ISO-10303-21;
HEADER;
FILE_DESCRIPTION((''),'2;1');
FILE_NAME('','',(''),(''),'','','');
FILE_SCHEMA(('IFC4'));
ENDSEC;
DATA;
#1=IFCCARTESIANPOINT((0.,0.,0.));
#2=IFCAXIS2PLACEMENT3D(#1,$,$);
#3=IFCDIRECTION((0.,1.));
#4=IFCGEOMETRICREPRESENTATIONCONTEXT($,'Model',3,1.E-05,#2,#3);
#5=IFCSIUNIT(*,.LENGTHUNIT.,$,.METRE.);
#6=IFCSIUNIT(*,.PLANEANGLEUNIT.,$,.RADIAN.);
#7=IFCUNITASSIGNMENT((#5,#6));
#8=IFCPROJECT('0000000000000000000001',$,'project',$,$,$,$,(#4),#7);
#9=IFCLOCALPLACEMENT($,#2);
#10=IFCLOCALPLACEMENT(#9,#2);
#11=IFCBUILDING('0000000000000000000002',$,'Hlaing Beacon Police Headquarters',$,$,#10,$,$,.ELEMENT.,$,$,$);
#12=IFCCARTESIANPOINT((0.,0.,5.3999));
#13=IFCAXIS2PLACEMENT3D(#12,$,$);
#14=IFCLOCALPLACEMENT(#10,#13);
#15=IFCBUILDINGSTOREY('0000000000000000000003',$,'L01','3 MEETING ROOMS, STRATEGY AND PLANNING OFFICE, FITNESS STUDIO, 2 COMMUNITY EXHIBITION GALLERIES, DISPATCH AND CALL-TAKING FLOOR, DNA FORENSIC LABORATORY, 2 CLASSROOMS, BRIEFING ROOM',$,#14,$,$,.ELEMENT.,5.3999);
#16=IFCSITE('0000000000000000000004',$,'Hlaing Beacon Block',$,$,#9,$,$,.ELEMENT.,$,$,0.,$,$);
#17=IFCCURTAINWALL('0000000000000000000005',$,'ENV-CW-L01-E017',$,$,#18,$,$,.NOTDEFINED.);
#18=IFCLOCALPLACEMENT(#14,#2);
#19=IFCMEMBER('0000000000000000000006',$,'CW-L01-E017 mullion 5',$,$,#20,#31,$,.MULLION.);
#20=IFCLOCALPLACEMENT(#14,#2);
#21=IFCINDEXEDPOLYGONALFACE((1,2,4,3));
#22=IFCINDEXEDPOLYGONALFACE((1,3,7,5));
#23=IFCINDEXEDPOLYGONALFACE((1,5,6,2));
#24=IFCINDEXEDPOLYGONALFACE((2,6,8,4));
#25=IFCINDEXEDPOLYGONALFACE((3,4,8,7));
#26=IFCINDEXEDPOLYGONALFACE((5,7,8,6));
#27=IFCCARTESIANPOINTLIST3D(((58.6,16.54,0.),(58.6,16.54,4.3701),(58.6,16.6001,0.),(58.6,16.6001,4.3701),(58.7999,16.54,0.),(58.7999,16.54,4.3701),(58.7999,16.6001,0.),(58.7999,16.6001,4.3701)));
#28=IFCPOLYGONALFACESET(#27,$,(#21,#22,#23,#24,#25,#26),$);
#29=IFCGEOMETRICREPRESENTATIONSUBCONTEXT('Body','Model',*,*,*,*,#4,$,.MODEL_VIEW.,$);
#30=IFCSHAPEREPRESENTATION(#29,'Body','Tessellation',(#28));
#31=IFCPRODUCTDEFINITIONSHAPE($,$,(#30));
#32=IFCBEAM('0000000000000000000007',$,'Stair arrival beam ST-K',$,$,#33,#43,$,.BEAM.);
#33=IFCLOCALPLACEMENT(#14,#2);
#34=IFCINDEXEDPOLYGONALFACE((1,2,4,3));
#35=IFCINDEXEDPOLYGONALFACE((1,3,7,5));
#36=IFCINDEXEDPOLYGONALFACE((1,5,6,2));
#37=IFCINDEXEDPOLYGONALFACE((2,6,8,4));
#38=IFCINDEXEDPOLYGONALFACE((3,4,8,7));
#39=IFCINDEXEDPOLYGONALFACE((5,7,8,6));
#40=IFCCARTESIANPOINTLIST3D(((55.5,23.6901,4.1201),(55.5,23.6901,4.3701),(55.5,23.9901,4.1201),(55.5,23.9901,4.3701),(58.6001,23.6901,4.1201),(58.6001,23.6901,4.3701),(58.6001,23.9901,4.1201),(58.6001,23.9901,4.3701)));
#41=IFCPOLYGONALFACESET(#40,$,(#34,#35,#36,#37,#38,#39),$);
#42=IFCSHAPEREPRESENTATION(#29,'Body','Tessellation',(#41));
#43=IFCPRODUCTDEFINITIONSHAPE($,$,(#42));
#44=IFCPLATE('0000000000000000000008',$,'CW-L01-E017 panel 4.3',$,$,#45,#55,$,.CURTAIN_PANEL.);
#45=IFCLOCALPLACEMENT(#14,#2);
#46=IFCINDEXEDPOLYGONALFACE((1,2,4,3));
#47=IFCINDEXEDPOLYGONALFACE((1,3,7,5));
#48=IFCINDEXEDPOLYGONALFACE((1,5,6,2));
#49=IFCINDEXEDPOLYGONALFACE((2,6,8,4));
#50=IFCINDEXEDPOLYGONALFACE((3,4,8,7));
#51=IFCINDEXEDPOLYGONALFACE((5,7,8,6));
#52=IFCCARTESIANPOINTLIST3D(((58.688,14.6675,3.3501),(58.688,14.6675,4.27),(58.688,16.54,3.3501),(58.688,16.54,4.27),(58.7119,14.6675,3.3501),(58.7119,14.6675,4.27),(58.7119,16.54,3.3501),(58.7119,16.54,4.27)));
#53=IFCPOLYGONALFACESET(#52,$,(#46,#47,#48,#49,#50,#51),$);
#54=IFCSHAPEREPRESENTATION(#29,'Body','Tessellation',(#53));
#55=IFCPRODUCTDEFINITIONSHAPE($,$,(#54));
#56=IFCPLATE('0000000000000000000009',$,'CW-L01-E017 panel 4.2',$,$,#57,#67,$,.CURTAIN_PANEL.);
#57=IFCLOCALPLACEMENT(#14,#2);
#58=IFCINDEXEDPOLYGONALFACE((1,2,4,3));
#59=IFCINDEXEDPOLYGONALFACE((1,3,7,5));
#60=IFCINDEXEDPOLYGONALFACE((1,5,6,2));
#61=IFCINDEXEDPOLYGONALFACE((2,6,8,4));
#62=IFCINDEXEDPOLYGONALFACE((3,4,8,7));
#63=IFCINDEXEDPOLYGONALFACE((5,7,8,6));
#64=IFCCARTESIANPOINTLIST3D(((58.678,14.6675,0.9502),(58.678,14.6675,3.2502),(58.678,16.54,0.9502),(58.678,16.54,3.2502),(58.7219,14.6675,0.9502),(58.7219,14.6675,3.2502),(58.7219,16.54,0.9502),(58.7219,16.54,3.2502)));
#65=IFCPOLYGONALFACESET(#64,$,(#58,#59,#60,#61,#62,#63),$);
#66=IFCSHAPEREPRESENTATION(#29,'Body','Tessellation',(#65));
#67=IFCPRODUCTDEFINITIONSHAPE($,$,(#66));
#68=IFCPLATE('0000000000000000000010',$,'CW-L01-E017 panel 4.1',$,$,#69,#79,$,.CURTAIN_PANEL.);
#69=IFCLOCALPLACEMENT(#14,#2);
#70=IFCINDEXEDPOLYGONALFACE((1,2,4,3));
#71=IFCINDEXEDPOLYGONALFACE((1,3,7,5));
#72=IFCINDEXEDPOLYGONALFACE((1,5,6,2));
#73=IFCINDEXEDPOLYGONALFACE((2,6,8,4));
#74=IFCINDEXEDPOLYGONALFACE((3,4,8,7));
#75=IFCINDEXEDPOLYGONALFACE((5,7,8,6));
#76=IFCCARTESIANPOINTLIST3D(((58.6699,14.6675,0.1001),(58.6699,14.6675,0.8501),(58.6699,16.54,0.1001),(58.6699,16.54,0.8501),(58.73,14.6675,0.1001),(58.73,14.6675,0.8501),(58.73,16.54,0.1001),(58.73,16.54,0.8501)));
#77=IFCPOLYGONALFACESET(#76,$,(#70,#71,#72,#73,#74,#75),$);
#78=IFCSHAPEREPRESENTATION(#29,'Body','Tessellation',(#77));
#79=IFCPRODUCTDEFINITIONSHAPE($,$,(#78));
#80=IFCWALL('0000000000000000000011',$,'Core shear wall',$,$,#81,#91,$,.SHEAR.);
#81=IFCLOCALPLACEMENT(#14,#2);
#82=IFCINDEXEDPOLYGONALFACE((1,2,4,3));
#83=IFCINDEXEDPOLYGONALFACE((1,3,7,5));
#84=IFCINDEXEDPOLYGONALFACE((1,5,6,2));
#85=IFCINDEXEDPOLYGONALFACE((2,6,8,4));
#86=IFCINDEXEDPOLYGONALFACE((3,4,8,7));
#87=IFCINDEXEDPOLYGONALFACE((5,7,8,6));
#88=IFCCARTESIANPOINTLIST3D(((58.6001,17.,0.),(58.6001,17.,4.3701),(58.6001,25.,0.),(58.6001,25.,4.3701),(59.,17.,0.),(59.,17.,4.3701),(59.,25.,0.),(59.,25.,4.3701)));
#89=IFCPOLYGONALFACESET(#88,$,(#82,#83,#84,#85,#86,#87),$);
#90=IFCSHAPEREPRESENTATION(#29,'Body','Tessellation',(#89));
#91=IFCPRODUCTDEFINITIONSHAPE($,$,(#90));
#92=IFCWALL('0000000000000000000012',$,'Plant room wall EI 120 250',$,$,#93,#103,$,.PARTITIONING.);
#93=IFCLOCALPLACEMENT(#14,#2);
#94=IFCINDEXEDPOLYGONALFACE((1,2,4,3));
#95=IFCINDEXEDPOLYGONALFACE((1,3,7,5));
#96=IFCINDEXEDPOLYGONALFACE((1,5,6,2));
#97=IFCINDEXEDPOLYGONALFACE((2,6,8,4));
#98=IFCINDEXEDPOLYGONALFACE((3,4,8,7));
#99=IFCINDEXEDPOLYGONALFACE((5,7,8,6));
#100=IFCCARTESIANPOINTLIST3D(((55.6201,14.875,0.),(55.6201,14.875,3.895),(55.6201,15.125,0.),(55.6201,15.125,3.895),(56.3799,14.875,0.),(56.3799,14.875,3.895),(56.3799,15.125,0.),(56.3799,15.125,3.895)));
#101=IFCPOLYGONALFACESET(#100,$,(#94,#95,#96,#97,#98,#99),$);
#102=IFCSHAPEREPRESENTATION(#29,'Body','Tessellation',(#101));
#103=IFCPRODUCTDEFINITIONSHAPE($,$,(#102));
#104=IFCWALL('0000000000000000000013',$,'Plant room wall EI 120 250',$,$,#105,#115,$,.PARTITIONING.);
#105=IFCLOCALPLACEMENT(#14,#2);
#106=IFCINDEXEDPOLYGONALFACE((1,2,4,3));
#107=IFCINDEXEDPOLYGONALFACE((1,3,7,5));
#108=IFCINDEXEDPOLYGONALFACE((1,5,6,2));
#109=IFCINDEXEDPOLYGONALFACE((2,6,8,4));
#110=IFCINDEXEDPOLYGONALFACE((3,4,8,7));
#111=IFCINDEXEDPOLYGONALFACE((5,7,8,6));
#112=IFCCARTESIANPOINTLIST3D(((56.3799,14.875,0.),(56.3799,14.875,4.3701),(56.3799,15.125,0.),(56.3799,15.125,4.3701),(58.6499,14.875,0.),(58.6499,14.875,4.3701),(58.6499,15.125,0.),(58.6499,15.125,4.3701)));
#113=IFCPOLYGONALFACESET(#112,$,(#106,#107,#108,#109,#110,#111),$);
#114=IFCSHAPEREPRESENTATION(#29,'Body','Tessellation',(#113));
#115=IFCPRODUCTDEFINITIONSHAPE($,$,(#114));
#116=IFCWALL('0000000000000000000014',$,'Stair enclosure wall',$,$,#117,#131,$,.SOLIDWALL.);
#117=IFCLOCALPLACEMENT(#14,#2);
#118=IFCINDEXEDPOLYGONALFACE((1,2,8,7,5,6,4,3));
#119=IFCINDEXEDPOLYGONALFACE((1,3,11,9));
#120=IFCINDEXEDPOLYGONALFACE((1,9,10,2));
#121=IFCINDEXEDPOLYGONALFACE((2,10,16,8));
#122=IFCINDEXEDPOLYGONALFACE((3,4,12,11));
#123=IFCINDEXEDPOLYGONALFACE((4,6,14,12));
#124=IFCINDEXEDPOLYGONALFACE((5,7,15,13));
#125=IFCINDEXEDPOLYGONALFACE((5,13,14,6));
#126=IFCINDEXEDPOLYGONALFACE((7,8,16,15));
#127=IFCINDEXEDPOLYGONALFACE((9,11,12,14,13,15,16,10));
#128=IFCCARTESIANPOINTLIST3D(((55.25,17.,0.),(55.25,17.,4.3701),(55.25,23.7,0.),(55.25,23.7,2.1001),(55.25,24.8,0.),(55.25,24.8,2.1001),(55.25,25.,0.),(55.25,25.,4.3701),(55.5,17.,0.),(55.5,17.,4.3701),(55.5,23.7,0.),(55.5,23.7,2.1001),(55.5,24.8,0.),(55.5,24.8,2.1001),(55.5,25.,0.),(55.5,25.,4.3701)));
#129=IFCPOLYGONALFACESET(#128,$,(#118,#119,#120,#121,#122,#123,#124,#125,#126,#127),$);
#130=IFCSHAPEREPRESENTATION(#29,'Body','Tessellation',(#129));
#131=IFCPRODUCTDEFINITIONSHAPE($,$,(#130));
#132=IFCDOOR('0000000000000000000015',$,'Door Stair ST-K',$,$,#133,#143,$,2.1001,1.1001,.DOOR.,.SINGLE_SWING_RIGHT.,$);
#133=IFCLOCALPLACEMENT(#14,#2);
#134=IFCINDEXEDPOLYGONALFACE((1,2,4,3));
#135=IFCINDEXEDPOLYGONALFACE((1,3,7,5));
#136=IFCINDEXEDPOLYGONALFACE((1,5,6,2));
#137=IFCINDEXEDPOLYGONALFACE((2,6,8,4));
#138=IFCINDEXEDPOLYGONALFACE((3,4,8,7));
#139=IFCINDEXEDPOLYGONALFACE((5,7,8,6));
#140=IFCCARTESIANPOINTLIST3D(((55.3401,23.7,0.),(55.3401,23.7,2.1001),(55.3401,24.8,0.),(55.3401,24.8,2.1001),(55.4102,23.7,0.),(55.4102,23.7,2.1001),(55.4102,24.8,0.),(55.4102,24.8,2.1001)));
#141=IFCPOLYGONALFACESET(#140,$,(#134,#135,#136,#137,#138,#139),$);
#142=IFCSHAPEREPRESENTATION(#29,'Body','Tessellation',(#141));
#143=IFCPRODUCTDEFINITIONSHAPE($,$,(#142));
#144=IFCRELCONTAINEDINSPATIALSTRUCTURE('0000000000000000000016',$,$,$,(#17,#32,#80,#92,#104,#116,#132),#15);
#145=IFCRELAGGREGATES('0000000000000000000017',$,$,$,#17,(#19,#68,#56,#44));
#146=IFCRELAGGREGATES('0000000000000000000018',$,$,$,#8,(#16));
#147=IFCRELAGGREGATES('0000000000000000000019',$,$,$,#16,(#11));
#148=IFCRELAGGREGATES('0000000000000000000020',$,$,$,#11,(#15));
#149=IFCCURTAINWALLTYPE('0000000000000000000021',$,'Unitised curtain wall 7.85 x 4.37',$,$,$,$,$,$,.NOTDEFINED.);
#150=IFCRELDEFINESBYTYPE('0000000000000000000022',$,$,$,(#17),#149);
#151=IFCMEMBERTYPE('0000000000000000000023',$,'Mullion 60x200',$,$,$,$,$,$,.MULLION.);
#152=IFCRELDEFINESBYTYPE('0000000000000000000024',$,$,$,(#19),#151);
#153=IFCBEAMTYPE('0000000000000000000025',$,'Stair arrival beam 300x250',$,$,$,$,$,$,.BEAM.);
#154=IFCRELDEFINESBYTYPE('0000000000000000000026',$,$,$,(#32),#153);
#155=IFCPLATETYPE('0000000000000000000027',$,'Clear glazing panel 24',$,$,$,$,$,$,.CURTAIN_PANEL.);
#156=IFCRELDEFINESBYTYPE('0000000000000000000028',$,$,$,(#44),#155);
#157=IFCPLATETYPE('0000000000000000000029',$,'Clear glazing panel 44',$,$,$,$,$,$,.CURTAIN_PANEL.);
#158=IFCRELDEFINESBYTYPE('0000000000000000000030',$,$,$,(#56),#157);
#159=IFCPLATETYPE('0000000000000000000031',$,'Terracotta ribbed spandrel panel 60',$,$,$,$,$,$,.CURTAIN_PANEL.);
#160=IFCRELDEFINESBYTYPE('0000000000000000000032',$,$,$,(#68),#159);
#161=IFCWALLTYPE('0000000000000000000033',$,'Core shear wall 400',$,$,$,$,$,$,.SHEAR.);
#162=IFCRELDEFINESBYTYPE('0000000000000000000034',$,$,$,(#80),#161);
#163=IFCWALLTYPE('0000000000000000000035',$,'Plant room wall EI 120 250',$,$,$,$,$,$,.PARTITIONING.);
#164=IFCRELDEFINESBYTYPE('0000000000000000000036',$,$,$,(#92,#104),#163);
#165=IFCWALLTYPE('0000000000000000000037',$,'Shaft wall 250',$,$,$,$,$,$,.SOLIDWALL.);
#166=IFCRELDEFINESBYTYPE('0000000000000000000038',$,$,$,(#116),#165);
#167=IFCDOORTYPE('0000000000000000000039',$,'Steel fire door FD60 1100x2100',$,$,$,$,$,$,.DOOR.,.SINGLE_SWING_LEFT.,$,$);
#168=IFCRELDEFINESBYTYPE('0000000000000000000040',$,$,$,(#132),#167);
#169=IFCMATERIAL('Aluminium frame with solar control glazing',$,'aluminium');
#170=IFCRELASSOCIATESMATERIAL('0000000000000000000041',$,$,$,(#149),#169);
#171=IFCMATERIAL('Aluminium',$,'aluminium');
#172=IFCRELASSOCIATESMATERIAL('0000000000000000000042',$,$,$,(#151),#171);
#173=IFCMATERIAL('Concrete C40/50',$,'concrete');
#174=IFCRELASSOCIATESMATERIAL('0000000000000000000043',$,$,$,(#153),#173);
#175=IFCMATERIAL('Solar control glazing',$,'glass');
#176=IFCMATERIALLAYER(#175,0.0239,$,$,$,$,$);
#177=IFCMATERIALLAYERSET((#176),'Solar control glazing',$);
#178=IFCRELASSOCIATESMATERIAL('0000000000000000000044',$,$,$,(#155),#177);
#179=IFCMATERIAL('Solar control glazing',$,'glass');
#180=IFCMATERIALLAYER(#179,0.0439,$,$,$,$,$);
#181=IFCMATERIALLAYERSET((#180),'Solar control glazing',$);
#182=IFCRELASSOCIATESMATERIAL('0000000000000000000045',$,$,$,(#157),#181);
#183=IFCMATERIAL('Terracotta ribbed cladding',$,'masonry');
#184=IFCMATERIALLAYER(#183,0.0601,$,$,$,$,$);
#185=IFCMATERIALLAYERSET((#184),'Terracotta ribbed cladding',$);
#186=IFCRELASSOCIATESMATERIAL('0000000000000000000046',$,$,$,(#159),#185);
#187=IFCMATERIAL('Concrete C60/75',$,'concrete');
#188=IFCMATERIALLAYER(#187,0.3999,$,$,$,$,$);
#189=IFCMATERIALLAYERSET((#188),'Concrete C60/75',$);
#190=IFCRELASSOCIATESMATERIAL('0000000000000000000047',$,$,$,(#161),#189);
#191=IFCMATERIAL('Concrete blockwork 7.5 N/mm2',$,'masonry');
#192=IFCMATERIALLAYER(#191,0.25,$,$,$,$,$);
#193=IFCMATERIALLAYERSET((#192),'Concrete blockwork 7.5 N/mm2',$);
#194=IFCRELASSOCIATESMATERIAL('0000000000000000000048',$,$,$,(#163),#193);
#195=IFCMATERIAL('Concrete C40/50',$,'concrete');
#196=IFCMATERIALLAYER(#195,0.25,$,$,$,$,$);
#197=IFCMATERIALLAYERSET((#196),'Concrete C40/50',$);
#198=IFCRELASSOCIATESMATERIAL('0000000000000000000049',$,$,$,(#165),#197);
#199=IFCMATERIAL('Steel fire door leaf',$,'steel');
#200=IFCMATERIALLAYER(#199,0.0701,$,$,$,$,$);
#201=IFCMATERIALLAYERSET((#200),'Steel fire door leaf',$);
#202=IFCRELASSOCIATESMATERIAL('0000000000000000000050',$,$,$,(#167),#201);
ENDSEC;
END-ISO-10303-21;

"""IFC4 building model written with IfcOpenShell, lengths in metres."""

from ifc_helpers import new_model, si_unit, direction, frame, frame_2d, origin, origin_2d, place, context, subcontext, project, spatial, rectangle, extrude, material, layer, layer_set, material_profile, profile_set, type_object, element, fill, aggregate, save


model = new_model("IFC4")

# Units and contexts
model_context = context("Model", 3, precision=1e-05, world=origin(), true_north=direction((0.0, 1.0)))
body_context = subcontext(model_context, "Body", "Model", "MODEL_VIEW")
ifc_project = project(units=[si_unit("LENGTHUNIT", "METRE"), si_unit("PLANEANGLEUNIT", "RADIAN")], contexts=[model_context])

# Site, building, storey
site_placement = place(None, origin())
site = spatial("IfcSite", under=ifc_project, at=site_placement, Name="Hlaing Beacon Block", CompositionType="ELEMENT", RefElevation=0.0)
building_placement = place(site_placement, origin())
building = spatial("IfcBuilding", under=site, at=building_placement, Name="Hlaing Beacon Police Headquarters", CompositionType="ELEMENT")
storey_placement = place(building_placement, frame((0.0, 0.0, 5.3999)))
storey = spatial("IfcBuildingStorey", under=building, at=storey_placement, Name="L01", Description="3 MEETING ROOMS, STRATEGY AND PLANNING OFFICE, FITNESS STUDIO, 2 COMMUNITY EXHIBITION GALLERIES, DISPATCH AND CALL-TAKING FLOOR, DNA FORENSIC LABORATORY, 2 CLASSROOMS, BRIEFING ROOM", CompositionType="ELEMENT", Elevation=5.3999)

# Curtain wall, member
ifc_material_1 = material(Name="Aluminium frame with solar control glazing", Category="aluminium")
curtain_wall_type = type_object("IfcCurtainWallType", Name="Unitised curtain wall 7.85 x 4.37", PredefinedType="NOTDEFINED", material=ifc_material_1)
curtain_wall_placement = place(storey_placement, origin())
curtain_wall = element("IfcCurtainWall", 1, at=curtain_wall_placement, inside=storey, type_object=curtain_wall_type, Name="ENV-CW-L01-E017", PredefinedType="NOTDEFINED")
ifc_material_2 = material(Name="Aluminium", Category="aluminium")
ifc_material_profile_1 = material_profile(ifc_material_2, rectangle(XDim=0.2, YDim=0.0601, at=origin_2d()), Name="Mullion 60x200")
ifc_profile_set_1 = profile_set([ifc_material_profile_1], Name="Aluminium")
member_type = type_object("IfcMemberType", Name="Mullion 60x200", PredefinedType="MULLION", material=ifc_profile_set_1)
member_placement = place(storey_placement, frame((58.7, 16.5701, 0.0), z_axis=(0.0, 0.0, 1.0), x_axis=(-1.0, 0.0, 0.0)))
member = element("IfcMember", 2, at=member_placement, type_object=member_type, Name="CW-L01-E017 mullion 5", PredefinedType="MULLION", context=body_context, shape_type="SweptSolid", body=[
    extrude(rectangle(XDim=0.2, YDim=0.0601, at=origin_2d()), origin(), (0.0, 0.0, 1.0), 4.3701),
])

# Beam
ifc_material_3 = material(Name="Concrete C40/50", Category="concrete")
ifc_material_profile_2 = material_profile(ifc_material_3, rectangle(XDim=0.3, YDim=0.25, at=origin_2d()), Name="Stair arrival beam 300x250")
ifc_profile_set_2 = profile_set([ifc_material_profile_2], Name="Concrete C40/50")
beam_type = type_object("IfcBeamType", Name="Stair arrival beam 300x250", PredefinedType="BEAM", material=ifc_profile_set_2)
beam_placement = place(storey_placement, frame((58.6001, 23.8401, 4.2451), z_axis=(-1.0, 0.0, 0.0), x_axis=(0.0, -1.0, 0.0)))
element("IfcBeam", 3, at=beam_placement, inside=storey, type_object=beam_type, Name="Stair arrival beam ST-K", PredefinedType="BEAM", context=body_context, shape_type="SweptSolid", body=[
    extrude(rectangle(XDim=0.3, YDim=0.25, at=origin_2d()), origin(), (0.0, 0.0, 1.0), 3.1001),
])

# Plates
ifc_material_4 = material(Name="Solar control glazing", Category="glass")
ifc_layer_1 = layer(ifc_material_4, 0.0239)
ifc_layer_set_1 = layer_set([ifc_layer_1], Name="Solar control glazing")
plate_type_1 = type_object("IfcPlateType", Name="Clear glazing panel 24", PredefinedType="CURTAIN_PANEL", material=ifc_layer_set_1)
plate_1_placement = place(storey_placement, frame((58.7, 15.6038, 3.3501), z_axis=(0.0, 0.0, 1.0), x_axis=(0.0, 1.0, 0.0)))
plate_1 = element("IfcPlate", 4, at=plate_1_placement, type_object=plate_type_1, Name="CW-L01-E017 panel 4.3", PredefinedType="CURTAIN_PANEL", context=body_context, shape_type="SweptSolid", body=[
    extrude(rectangle(XDim=1.8726, YDim=0.0239, at=origin_2d()), origin(), (0.0, 0.0, 1.0), 0.9199),
])
ifc_material_5 = material(Name="Solar control glazing", Category="glass")
ifc_layer_2 = layer(ifc_material_5, 0.0439)
ifc_layer_set_2 = layer_set([ifc_layer_2], Name="Solar control glazing")
plate_type_2 = type_object("IfcPlateType", Name="Clear glazing panel 44", PredefinedType="CURTAIN_PANEL", material=ifc_layer_set_2)
plate_2_placement = place(storey_placement, frame((58.7, 15.6038, 0.9502), z_axis=(0.0, 0.0, 1.0), x_axis=(0.0, 1.0, 0.0)))
plate_2 = element("IfcPlate", 5, at=plate_2_placement, type_object=plate_type_2, Name="CW-L01-E017 panel 4.2", PredefinedType="CURTAIN_PANEL", context=body_context, shape_type="SweptSolid", body=[
    extrude(rectangle(XDim=1.8726, YDim=0.0439, at=origin_2d()), origin(), (0.0, 0.0, 1.0), 2.3),
])
ifc_material_6 = material(Name="Terracotta ribbed cladding", Category="masonry")
ifc_layer_3 = layer(ifc_material_6, 0.0601)
ifc_layer_set_3 = layer_set([ifc_layer_3], Name="Terracotta ribbed cladding")
plate_type_3 = type_object("IfcPlateType", Name="Terracotta ribbed spandrel panel 60", PredefinedType="CURTAIN_PANEL", material=ifc_layer_set_3)
plate_3_placement = place(storey_placement, frame((58.7, 15.6038, 0.1001), z_axis=(0.0, 0.0, 1.0), x_axis=(0.0, 1.0, 0.0)))
plate_3 = element("IfcPlate", 6, at=plate_3_placement, type_object=plate_type_3, Name="CW-L01-E017 panel 4.1", PredefinedType="CURTAIN_PANEL", context=body_context, shape_type="SweptSolid", body=[
    extrude(rectangle(XDim=1.8726, YDim=0.0601, at=origin_2d()), origin(), (0.0, 0.0, 1.0), 0.75),
])
aggregate(curtain_wall, [member, plate_3, plate_2, plate_1])

# Walls
ifc_material_7 = material(Name="Concrete C60/75", Category="concrete")
ifc_layer_4 = layer(ifc_material_7, 0.3999)
ifc_layer_set_4 = layer_set([ifc_layer_4], Name="Concrete C60/75")
wall_type_1 = type_object("IfcWallType", Name="Core shear wall 400", PredefinedType="SHEAR", material=ifc_layer_set_4)
wall_1_placement = place(storey_placement, frame((58.8, 17.0, 0.0), z_axis=(0.0, 0.0, 1.0), x_axis=(0.0, 1.0, 0.0)))
element("IfcWall", 7, at=wall_1_placement, inside=storey, type_object=wall_type_1, Name="Core shear wall", PredefinedType="SHEAR", context=body_context, shape_type="SweptSolid", body=[
    extrude(rectangle(XDim=8.0, YDim=0.3999, at=frame_2d((4.0, 0.0))), origin(), (0.0, 0.0, 1.0), 4.3701),
])
ifc_material_8 = material(Name="Concrete blockwork 7.5 N/mm2", Category="masonry")
ifc_layer_5 = layer(ifc_material_8, 0.25)
ifc_layer_set_5 = layer_set([ifc_layer_5], Name="Concrete blockwork 7.5 N/mm2")
wall_type_2 = type_object("IfcWallType", Name="Plant room wall EI 120 250", PredefinedType="PARTITIONING", material=ifc_layer_set_5)
wall_2_placement = place(storey_placement, frame((55.6201, 15.0, 0.0), z_axis=(0.0, 0.0, 1.0), x_axis=(1.0, 0.0, 0.0)))
element("IfcWall", 8, at=wall_2_placement, inside=storey, type_object=wall_type_2, Name="Plant room wall EI 120 250", PredefinedType="PARTITIONING", context=body_context, shape_type="SweptSolid", body=[
    extrude(rectangle(XDim=0.7598, YDim=0.25, at=frame_2d((0.3799, 0.0))), origin(), (0.0, 0.0, 1.0), 3.895),
])
wall_3_placement = place(storey_placement, frame((56.3799, 15.0, 0.0), z_axis=(0.0, 0.0, 1.0), x_axis=(1.0, 0.0, 0.0)))
element("IfcWall", 9, at=wall_3_placement, inside=storey, type_object=wall_type_2, Name="Plant room wall EI 120 250", PredefinedType="PARTITIONING", context=body_context, shape_type="SweptSolid", body=[
    extrude(rectangle(XDim=2.27, YDim=0.25, at=frame_2d((1.135, 0.0))), origin(), (0.0, 0.0, 1.0), 4.3701),
])

# Wall, opening, door
ifc_material_9 = material(Name="Concrete C40/50", Category="concrete")
ifc_layer_6 = layer(ifc_material_9, 0.25)
ifc_layer_set_6 = layer_set([ifc_layer_6], Name="Concrete C40/50")
wall_type_3 = type_object("IfcWallType", Name="Shaft wall 250", PredefinedType="SOLIDWALL", material=ifc_layer_set_6)
wall_4_placement = place(storey_placement, frame((55.375, 25.0, 0.0), z_axis=(0.0, 0.0, 1.0), x_axis=(0.0, -1.0, 0.0)))
wall_4 = element("IfcWall", 10, at=wall_4_placement, inside=storey, type_object=wall_type_3, Name="Stair enclosure wall", PredefinedType="SOLIDWALL", context=body_context, shape_type="SweptSolid", body=[
    extrude(rectangle(XDim=8.0, YDim=0.25, at=frame_2d((4.0, 0.0))), origin(), (0.0, 0.0, 1.0), 4.3701),
])
opening_placement = place(wall_4_placement, frame((0.2, 0.0, 0.0)))
opening = element("IfcOpeningElement", 11, at=opening_placement, cuts=wall_4, PredefinedType="OPENING", context=body_context, shape_type="SweptSolid", body=[
    extrude(rectangle(XDim=1.1001, YDim=2.1001, at=frame_2d((0.55, 1.05))), frame((0.0, 0.135, 0.0), z_axis=(0.0, -1.0, 0.0), x_axis=(1.0, 0.0, 0.0)), (0.0, 0.0, 1.0), 0.27),
])
ifc_material_10 = material(Name="Steel fire door leaf", Category="steel")
ifc_layer_7 = layer(ifc_material_10, 0.0701)
ifc_layer_set_7 = layer_set([ifc_layer_7], Name="Steel fire door leaf")
door_type = type_object("IfcDoorType", Name="Steel fire door FD60 1100x2100", OperationType="SINGLE_SWING_LEFT", PredefinedType="DOOR", material=ifc_layer_set_7)
door_placement = place(opening_placement, origin())
door = element("IfcDoor", 12, at=door_placement, inside=storey, type_object=door_type, Name="Door Stair ST-K", OperationType="SINGLE_SWING_RIGHT", OverallHeight=2.1001, OverallWidth=1.1001, PredefinedType="DOOR", context=body_context, shape_type="SweptSolid", body=[
    extrude(rectangle(XDim=1.1001, YDim=2.1001, at=frame_2d((0.55, 1.05))), frame((0.0, 0.0352, 0.0), z_axis=(0.0, -1.0, 0.0), x_axis=(1.0, 0.0, 0.0)), (0.0, 0.0, 1.0), 0.0701),
])
fill(opening, door)

save(model, "model.ifc")
